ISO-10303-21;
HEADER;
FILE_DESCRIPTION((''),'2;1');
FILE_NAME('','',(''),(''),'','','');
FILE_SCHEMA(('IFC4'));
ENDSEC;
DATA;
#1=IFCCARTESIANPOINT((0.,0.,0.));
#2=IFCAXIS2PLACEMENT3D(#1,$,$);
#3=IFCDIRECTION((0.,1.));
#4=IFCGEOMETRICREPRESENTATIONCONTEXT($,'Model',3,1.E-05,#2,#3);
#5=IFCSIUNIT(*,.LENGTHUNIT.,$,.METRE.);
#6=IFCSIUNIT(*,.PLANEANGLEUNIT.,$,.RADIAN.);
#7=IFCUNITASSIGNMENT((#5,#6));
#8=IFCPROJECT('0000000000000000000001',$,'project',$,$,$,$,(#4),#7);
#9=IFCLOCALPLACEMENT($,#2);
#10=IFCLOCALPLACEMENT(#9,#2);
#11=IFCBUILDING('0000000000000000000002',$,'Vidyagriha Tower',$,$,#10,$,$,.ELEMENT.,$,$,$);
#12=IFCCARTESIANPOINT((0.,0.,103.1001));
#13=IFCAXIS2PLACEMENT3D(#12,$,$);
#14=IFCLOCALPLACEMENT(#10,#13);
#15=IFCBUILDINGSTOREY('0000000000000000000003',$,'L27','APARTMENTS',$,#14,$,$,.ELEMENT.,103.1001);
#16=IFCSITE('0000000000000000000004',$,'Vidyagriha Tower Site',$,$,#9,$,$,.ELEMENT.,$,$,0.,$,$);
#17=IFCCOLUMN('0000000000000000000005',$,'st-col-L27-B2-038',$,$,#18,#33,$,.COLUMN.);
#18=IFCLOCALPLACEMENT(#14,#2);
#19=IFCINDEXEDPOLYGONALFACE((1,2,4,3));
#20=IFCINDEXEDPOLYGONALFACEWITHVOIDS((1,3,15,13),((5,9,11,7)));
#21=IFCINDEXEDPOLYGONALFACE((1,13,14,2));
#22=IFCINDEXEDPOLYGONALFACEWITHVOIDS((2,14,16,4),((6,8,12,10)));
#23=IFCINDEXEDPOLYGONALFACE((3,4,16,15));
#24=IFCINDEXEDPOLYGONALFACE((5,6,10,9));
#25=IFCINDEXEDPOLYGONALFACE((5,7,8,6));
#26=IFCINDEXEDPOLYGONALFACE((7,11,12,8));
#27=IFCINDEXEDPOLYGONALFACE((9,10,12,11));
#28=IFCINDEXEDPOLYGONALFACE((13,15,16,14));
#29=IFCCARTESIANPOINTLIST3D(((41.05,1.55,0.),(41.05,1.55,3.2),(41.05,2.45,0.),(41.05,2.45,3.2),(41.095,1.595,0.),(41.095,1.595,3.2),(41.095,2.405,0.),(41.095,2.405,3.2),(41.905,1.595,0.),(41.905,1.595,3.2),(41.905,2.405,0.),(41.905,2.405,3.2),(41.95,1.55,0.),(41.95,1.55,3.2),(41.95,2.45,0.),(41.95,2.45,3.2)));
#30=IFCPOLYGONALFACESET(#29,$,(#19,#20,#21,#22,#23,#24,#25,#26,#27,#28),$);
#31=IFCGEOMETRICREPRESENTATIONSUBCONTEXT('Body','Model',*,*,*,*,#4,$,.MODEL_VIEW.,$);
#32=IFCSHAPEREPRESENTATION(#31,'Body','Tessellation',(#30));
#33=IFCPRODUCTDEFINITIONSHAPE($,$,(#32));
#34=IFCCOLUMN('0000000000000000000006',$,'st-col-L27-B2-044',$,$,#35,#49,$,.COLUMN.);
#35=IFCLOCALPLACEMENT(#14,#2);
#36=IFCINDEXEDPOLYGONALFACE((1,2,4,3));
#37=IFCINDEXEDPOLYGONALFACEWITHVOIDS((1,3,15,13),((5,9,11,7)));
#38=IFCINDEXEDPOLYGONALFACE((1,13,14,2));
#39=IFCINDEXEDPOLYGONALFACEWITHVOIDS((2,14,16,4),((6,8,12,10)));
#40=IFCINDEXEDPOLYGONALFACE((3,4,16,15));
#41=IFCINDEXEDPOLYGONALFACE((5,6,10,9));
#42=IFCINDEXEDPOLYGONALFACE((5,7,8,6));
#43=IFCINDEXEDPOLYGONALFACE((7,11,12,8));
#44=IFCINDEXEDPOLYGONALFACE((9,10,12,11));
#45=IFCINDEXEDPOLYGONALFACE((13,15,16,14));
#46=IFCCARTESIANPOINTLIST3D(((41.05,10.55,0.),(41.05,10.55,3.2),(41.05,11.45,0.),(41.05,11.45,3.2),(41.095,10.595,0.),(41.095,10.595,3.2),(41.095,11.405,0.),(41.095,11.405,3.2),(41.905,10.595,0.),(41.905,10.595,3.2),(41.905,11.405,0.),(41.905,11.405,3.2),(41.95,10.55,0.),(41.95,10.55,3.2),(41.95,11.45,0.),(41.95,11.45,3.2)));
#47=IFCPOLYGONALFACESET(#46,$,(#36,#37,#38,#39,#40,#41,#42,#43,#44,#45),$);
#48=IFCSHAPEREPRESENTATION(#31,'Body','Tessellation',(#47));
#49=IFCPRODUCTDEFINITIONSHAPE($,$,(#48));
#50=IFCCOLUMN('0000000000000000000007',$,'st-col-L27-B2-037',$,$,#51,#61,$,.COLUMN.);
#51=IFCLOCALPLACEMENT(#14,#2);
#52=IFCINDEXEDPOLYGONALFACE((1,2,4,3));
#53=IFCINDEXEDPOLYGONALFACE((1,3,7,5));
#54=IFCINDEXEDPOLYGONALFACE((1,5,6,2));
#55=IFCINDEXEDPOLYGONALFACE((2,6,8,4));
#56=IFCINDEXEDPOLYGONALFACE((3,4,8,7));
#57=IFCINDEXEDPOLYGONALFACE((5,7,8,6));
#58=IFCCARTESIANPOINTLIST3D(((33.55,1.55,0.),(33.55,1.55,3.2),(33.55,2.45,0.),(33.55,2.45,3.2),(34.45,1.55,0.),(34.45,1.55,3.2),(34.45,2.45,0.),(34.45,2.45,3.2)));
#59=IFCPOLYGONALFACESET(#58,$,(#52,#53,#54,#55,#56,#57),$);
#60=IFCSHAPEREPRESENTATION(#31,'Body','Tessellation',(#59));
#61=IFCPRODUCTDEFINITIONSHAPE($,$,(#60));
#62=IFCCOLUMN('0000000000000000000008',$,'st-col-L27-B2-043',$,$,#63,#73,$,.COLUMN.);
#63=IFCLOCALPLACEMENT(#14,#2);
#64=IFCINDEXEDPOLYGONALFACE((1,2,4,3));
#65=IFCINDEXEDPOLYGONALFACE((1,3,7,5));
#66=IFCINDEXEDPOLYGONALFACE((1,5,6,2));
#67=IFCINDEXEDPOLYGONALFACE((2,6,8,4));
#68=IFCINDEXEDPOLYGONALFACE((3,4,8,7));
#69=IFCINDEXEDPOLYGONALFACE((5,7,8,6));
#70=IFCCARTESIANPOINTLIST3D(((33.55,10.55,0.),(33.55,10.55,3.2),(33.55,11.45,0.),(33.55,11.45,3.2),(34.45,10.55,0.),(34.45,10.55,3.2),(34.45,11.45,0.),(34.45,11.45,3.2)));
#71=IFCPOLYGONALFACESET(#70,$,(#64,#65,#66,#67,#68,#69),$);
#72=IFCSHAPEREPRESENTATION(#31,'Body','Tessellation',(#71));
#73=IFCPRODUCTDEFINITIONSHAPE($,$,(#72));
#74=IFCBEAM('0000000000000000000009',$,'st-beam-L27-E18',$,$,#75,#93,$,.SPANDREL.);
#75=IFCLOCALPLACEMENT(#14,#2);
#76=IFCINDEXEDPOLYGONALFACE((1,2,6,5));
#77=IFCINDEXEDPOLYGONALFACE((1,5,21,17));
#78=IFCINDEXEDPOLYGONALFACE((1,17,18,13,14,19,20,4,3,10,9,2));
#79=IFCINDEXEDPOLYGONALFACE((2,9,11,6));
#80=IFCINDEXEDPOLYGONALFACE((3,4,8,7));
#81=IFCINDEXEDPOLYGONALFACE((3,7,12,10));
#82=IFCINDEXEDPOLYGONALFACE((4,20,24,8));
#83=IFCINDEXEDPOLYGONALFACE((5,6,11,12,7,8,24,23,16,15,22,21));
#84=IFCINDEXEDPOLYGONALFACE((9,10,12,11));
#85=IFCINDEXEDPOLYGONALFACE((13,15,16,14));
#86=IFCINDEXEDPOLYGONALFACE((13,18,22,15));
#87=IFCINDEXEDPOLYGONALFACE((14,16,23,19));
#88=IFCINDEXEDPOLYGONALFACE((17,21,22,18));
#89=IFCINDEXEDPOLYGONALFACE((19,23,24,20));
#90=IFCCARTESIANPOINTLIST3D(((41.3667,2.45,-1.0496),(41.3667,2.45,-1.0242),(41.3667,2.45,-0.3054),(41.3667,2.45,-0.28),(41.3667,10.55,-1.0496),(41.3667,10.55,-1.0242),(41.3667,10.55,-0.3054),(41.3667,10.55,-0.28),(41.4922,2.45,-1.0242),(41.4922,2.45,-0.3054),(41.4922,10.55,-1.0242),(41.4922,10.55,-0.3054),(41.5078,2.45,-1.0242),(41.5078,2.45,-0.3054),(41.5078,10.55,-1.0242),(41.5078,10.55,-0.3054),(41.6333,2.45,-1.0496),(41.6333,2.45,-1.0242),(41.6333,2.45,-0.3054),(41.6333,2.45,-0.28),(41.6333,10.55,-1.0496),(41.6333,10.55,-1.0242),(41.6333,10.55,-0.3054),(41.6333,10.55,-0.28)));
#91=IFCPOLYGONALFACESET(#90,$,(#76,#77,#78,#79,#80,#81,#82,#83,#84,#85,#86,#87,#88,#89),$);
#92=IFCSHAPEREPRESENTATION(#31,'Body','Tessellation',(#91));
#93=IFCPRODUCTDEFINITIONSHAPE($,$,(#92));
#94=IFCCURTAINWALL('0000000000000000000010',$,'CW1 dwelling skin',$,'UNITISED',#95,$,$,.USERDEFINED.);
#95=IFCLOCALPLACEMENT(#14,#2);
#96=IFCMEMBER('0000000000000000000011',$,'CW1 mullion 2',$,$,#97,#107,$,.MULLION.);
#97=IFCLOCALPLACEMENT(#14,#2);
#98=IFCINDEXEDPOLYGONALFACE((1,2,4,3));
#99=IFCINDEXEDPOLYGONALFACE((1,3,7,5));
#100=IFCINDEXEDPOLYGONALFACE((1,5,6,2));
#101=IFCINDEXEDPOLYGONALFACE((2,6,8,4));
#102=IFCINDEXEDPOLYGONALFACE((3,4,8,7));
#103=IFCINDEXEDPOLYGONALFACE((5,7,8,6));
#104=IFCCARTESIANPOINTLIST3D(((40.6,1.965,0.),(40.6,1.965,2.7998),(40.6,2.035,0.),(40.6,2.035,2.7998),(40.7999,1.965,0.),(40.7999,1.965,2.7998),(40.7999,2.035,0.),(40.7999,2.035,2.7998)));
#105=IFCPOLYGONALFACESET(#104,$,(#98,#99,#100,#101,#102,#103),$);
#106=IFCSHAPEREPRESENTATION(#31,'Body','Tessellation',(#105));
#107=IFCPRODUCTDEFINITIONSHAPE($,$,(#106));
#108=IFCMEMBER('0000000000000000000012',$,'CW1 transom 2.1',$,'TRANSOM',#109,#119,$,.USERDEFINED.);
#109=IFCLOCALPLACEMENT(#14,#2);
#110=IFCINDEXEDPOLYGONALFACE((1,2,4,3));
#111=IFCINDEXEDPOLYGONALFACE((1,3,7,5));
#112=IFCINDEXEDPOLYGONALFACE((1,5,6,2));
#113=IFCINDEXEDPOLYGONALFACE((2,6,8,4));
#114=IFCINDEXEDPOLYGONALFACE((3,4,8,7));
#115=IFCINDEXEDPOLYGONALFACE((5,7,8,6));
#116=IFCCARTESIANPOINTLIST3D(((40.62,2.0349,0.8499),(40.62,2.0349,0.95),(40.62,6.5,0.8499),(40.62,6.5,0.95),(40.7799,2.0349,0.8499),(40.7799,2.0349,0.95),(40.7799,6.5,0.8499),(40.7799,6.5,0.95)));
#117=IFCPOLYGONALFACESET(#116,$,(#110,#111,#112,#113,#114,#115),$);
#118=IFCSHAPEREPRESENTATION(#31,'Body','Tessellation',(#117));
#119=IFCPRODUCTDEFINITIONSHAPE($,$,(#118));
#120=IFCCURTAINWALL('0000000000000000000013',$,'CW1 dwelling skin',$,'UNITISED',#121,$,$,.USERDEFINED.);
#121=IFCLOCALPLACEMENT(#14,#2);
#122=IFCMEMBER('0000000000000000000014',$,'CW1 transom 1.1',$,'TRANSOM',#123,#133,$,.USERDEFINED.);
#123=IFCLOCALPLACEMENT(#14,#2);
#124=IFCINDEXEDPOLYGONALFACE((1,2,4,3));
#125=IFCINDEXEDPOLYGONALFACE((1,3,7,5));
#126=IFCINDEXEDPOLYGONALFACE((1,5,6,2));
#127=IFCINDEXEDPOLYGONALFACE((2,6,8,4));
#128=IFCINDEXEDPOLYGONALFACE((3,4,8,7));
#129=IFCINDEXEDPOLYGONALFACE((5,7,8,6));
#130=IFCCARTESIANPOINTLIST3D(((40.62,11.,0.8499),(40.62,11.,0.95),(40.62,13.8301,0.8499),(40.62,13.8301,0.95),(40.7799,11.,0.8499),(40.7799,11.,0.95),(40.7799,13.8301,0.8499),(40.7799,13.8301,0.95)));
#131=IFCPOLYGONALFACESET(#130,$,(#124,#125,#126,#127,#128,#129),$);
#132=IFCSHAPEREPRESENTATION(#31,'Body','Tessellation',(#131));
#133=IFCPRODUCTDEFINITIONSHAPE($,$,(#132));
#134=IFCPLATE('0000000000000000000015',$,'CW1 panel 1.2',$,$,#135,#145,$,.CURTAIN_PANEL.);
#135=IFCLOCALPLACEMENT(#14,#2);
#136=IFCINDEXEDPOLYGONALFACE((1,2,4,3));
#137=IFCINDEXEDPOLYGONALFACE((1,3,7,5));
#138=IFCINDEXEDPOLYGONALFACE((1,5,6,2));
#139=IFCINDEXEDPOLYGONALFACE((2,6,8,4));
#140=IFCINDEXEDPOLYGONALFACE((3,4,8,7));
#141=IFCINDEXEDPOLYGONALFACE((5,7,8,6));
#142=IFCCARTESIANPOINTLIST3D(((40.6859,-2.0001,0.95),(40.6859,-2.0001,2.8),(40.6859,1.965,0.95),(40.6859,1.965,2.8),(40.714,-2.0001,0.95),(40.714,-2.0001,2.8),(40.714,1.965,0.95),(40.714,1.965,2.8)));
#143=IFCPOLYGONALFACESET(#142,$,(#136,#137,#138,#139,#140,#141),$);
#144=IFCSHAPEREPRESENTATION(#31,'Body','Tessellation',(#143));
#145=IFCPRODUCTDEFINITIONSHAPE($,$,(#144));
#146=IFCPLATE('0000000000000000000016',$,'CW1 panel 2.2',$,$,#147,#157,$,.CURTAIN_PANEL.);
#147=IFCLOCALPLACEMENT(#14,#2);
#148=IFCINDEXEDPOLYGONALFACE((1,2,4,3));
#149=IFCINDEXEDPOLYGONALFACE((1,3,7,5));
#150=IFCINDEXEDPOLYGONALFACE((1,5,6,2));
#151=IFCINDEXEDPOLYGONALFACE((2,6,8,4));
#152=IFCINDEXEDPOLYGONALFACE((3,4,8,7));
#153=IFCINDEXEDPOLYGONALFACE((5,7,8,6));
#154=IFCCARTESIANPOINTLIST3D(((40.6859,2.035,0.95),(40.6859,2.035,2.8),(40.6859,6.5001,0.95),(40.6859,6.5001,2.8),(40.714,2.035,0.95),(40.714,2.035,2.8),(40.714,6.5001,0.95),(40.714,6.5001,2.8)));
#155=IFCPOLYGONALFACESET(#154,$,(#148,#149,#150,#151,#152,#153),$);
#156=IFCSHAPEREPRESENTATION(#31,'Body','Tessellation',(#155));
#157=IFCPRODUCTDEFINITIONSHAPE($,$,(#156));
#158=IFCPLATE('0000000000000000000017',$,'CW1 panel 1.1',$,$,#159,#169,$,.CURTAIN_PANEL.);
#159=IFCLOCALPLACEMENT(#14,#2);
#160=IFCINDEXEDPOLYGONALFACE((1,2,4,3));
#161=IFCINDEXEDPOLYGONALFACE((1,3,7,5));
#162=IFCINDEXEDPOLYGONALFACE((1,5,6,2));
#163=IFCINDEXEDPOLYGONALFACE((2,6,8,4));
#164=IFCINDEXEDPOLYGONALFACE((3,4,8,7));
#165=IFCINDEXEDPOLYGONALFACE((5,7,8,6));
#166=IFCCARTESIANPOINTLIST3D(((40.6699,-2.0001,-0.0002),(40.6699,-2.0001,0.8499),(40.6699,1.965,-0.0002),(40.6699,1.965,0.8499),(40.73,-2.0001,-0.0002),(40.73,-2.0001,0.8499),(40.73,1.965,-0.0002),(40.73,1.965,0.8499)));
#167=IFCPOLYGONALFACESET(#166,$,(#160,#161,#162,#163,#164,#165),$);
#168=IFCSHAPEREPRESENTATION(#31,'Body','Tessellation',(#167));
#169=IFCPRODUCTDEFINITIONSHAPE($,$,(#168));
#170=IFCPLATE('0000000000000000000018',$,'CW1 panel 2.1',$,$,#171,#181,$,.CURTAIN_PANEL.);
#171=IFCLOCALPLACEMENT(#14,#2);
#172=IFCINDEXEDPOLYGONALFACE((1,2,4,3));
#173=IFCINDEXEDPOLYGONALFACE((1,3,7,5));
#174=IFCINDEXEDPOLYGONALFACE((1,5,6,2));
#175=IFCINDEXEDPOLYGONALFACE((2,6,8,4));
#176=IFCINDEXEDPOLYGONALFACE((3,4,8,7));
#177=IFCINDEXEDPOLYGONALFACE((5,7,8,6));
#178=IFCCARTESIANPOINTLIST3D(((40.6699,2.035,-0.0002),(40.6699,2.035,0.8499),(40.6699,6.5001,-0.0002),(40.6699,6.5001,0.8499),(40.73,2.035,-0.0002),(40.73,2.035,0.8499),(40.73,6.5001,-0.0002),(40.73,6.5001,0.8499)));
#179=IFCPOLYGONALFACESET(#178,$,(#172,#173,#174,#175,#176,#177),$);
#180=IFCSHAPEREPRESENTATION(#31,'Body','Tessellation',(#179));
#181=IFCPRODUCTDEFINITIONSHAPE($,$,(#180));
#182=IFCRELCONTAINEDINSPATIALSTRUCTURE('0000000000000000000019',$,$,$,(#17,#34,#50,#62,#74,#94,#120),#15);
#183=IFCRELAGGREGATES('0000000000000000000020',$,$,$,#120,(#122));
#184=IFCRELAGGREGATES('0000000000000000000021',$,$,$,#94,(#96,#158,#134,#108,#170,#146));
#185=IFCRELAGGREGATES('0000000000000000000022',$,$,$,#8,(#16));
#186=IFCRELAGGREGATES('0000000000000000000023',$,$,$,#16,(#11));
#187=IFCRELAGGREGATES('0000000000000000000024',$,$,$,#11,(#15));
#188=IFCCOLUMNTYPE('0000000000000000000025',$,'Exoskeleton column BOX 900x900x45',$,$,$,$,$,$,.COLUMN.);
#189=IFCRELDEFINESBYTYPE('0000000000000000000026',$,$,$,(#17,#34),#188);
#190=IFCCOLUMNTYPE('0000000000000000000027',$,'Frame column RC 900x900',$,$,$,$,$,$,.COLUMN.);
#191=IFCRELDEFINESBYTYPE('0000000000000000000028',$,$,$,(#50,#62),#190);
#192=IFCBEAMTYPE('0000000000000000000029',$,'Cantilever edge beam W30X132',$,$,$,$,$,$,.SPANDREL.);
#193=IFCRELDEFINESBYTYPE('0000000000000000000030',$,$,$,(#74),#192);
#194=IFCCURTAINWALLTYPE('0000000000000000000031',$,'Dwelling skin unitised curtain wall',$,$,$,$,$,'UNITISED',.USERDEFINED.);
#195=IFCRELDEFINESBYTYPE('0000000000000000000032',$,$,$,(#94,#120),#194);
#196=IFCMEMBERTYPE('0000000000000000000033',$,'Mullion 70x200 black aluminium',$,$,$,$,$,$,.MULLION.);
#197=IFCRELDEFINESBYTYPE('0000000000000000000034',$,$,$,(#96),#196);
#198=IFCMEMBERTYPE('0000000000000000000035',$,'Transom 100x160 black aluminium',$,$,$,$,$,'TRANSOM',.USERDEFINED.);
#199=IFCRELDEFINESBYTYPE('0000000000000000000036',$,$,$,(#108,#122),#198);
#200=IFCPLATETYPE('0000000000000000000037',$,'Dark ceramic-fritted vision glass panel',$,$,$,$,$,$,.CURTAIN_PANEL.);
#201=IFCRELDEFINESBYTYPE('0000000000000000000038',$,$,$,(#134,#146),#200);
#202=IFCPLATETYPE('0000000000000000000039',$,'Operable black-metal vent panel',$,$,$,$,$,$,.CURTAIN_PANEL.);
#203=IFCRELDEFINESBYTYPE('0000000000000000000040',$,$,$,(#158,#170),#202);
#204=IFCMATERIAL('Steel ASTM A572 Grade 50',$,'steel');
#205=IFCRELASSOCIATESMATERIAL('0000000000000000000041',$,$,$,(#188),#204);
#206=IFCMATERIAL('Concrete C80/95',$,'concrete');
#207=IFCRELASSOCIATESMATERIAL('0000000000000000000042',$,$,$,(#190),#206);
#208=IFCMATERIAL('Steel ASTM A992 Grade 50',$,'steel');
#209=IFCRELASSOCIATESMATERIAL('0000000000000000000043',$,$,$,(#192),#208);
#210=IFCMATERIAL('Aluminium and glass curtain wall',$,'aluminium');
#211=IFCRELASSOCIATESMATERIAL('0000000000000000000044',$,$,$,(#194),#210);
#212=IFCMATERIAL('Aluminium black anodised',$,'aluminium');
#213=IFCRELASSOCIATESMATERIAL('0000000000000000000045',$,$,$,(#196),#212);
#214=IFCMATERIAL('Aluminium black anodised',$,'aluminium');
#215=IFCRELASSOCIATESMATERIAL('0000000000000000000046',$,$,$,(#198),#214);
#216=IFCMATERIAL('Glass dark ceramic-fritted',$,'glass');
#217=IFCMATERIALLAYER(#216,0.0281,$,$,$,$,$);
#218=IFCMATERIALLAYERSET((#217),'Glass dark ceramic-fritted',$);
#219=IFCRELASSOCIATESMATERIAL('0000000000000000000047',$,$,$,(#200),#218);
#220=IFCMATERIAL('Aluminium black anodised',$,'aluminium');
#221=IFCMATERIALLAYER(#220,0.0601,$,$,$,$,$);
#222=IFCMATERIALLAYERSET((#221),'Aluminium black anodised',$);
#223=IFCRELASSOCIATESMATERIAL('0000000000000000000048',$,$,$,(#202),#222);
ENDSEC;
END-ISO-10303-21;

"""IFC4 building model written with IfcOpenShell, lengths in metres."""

from ifc_helpers import new_model, si_unit, direction, frame, origin, origin_2d, place, context, subcontext, project, spatial, rectangle, hollow_rectangle, i_section, extrude, material, layer, layer_set, material_profile, profile_set, type_object, element, aggregate, save


model = new_model("IFC4")

# Units and contexts
model_context = context("Model", 3, precision=1e-05, world=origin(), true_north=direction((0.0, 1.0)))
body_context = subcontext(model_context, "Body", "Model", "MODEL_VIEW")
ifc_project = project(units=[si_unit("LENGTHUNIT", "METRE"), si_unit("PLANEANGLEUNIT", "RADIAN")], contexts=[model_context])

# Site, building, storey
site_placement = place(None, origin())
site = spatial("IfcSite", under=ifc_project, at=site_placement, Name="Vidyagriha Tower Site", CompositionType="ELEMENT", RefElevation=0.0)
building_placement = place(site_placement, origin())
building = spatial("IfcBuilding", under=site, at=building_placement, Name="Vidyagriha Tower", CompositionType="ELEMENT")
storey_placement = place(building_placement, frame((0.0, 0.0, 103.1001)))
storey = spatial("IfcBuildingStorey", under=building, at=storey_placement, Name="L27", Description="APARTMENTS", CompositionType="ELEMENT", Elevation=103.1001)

# Columns
ifc_material_1 = material(Name="Steel ASTM A572 Grade 50", Category="steel")
ifc_material_profile_1 = material_profile(ifc_material_1, hollow_rectangle(XDim=0.8999, YDim=0.8999, WallThickness=0.0449, at=origin_2d()), Name="BOX 900x900x45")
ifc_profile_set_1 = profile_set([ifc_material_profile_1], Name="Steel ASTM A572 Grade 50")
column_type_1 = type_object("IfcColumnType", Name="Exoskeleton column BOX 900x900x45", PredefinedType="COLUMN", material=ifc_profile_set_1)
for number, where, name in (
    (1, (41.5, 2.0, 0.0), "st-col-L27-B2-038"),
    (2, (41.5, 11.0, 0.0), "st-col-L27-B2-044"),
):
    element("IfcColumn", number, at=place(storey_placement, frame(where)), inside=storey, type_object=column_type_1, Name=name, PredefinedType="COLUMN", context=body_context, shape_type="SweptSolid", body=[
        extrude(hollow_rectangle(XDim=0.8999, YDim=0.8999, WallThickness=0.0449, at=origin_2d()), origin(), (0.0, 0.0, 1.0), 3.2),
    ])
ifc_material_2 = material(Name="Concrete C80/95", Category="concrete")
ifc_material_profile_2 = material_profile(ifc_material_2, rectangle(XDim=0.8999, YDim=0.8999, at=origin_2d()), Name="RC 900x900")
ifc_profile_set_2 = profile_set([ifc_material_profile_2], Name="Concrete C80/95")
column_type_2 = type_object("IfcColumnType", Name="Frame column RC 900x900", PredefinedType="COLUMN", material=ifc_profile_set_2)
for number, where, name in (
    (3, (34.0, 2.0, 0.0), "st-col-L27-B2-037"),
    (4, (34.0, 11.0, 0.0), "st-col-L27-B2-043"),
):
    element("IfcColumn", number, at=place(storey_placement, frame(where)), inside=storey, type_object=column_type_2, Name=name, PredefinedType="COLUMN", context=body_context, shape_type="SweptSolid", body=[
        extrude(rectangle(XDim=0.8999, YDim=0.8999, at=origin_2d()), origin(), (0.0, 0.0, 1.0), 3.2),
    ])

# Beam
ifc_material_3 = material(Name="Steel ASTM A992 Grade 50", Category="steel")
ifc_material_profile_3 = material_profile(ifc_material_3, i_section(OverallWidth=0.2666, OverallDepth=0.7695, WebThickness=0.0156, FlangeThickness=0.0254, at=origin_2d()), Name="W30X132")
ifc_profile_set_3 = profile_set([ifc_material_profile_3], Name="Steel ASTM A992 Grade 50")
beam_type = type_object("IfcBeamType", Name="Cantilever edge beam W30X132", PredefinedType="SPANDREL", material=ifc_profile_set_3)
beam_placement = place(storey_placement, frame((41.5, 2.45, -0.6648), z_axis=(0.0, 1.0, 0.0), x_axis=(-1.0, 0.0, 0.0)))
element("IfcBeam", 5, at=beam_placement, inside=storey, type_object=beam_type, Name="st-beam-L27-E18", PredefinedType="SPANDREL", context=body_context, shape_type="SweptSolid", body=[
    extrude(i_section(OverallWidth=0.2666, OverallDepth=0.7695, WebThickness=0.0156, FlangeThickness=0.0254, at=origin_2d()), origin(), (0.0, 0.0, 1.0), 8.1001),
])

# Curtain wall, members
ifc_material_4 = material(Name="Aluminium and glass curtain wall", Category="aluminium")
curtain_wall_type = type_object("IfcCurtainWallType", Name="Dwelling skin unitised curtain wall", ElementType="UNITISED", PredefinedType="USERDEFINED", material=ifc_material_4)
curtain_wall_1_placement = place(storey_placement, origin())
curtain_wall_1 = element("IfcCurtainWall", 6, at=curtain_wall_1_placement, inside=storey, type_object=curtain_wall_type, Name="CW1 dwelling skin", ObjectType="UNITISED", PredefinedType="USERDEFINED")
ifc_material_5 = material(Name="Aluminium black anodised", Category="aluminium")
ifc_material_profile_4 = material_profile(ifc_material_5, rectangle(XDim=0.2, YDim=0.0701, at=origin_2d()), Name="Mullion 70x200 black aluminium")
ifc_profile_set_4 = profile_set([ifc_material_profile_4], Name="Aluminium black anodised")
member_type_1 = type_object("IfcMemberType", Name="Mullion 70x200 black aluminium", PredefinedType="MULLION", material=ifc_profile_set_4)
member_1_placement = place(storey_placement, frame((40.7, 2.0, 0.0), z_axis=(0.0, 0.0, 1.0), x_axis=(-1.0, 0.0, 0.0)))
member_1 = element("IfcMember", 7, at=member_1_placement, type_object=member_type_1, Name="CW1 mullion 2", PredefinedType="MULLION", context=body_context, shape_type="SweptSolid", body=[
    extrude(rectangle(XDim=0.2, YDim=0.0701, at=origin_2d()), origin(), (0.0, 0.0, 1.0), 2.7998),
])
ifc_material_6 = material(Name="Aluminium black anodised", Category="aluminium")
ifc_material_profile_5 = material_profile(ifc_material_6, rectangle(XDim=0.1599, YDim=0.1001, at=origin_2d()), Name="Transom 100x160 black aluminium")
ifc_profile_set_5 = profile_set([ifc_material_profile_5], Name="Aluminium black anodised")
member_type_2 = type_object("IfcMemberType", Name="Transom 100x160 black aluminium", ElementType="TRANSOM", PredefinedType="USERDEFINED", material=ifc_profile_set_5)
member_2_placement = place(storey_placement, frame((40.7, 2.0349, 0.8999), z_axis=(0.0, 1.0, 0.0), x_axis=(-1.0, 0.0, 0.0)))
member_2 = element("IfcMember", 8, at=member_2_placement, type_object=member_type_2, Name="CW1 transom 2.1", ObjectType="TRANSOM", PredefinedType="USERDEFINED", context=body_context, shape_type="SweptSolid", body=[
    extrude(rectangle(XDim=0.1599, YDim=0.1001, at=origin_2d()), origin(), (0.0, 0.0, 1.0), 4.4651),
])

# Curtain wall, member
curtain_wall_2_placement = place(storey_placement, origin())
curtain_wall_2 = element("IfcCurtainWall", 9, at=curtain_wall_2_placement, inside=storey, type_object=curtain_wall_type, Name="CW1 dwelling skin", ObjectType="UNITISED", PredefinedType="USERDEFINED")
member_3_placement = place(storey_placement, frame((40.7, 11.0, 0.8999), z_axis=(0.0, 1.0, 0.0), x_axis=(-1.0, 0.0, 0.0)))
member_3 = element("IfcMember", 10, at=member_3_placement, type_object=member_type_2, Name="CW1 transom 1.1", ObjectType="TRANSOM", PredefinedType="USERDEFINED", context=body_context, shape_type="SweptSolid", body=[
    extrude(rectangle(XDim=0.1599, YDim=0.1001, at=origin_2d()), origin(), (0.0, 0.0, 1.0), 2.8301),
])
aggregate(curtain_wall_2, [member_3])

# Plates
ifc_material_7 = material(Name="Glass dark ceramic-fritted", Category="glass")
ifc_layer_1 = layer(ifc_material_7, 0.0281)
ifc_layer_set_1 = layer_set([ifc_layer_1], Name="Glass dark ceramic-fritted")
plate_type_1 = type_object("IfcPlateType", Name="Dark ceramic-fritted vision glass panel", PredefinedType="CURTAIN_PANEL", material=ifc_layer_set_1)
plate_1_placement = place(storey_placement, frame((40.7, -0.0176, 0.95), z_axis=(0.0, 0.0, 1.0), x_axis=(0.0, 1.0, 0.0)))
plate_1 = element("IfcPlate", 11, at=plate_1_placement, type_object=plate_type_1, Name="CW1 panel 1.2", PredefinedType="CURTAIN_PANEL", context=body_context, shape_type="SweptSolid", body=[
    extrude(rectangle(XDim=3.9651, YDim=0.0281, at=origin_2d()), origin(), (0.0, 0.0, 1.0), 1.8501),
])
plate_2_placement = place(storey_placement, frame((40.7, 4.2676, 0.95), z_axis=(0.0, 0.0, 1.0), x_axis=(0.0, 1.0, 0.0)))
plate_2 = element("IfcPlate", 12, at=plate_2_placement, type_object=plate_type_1, Name="CW1 panel 2.2", PredefinedType="CURTAIN_PANEL", context=body_context, shape_type="SweptSolid", body=[
    extrude(rectangle(XDim=4.4651, YDim=0.0281, at=origin_2d()), origin(), (0.0, 0.0, 1.0), 1.8501),
])
ifc_material_8 = material(Name="Aluminium black anodised", Category="aluminium")
ifc_layer_2 = layer(ifc_material_8, 0.0601)
ifc_layer_set_2 = layer_set([ifc_layer_2], Name="Aluminium black anodised")
plate_type_2 = type_object("IfcPlateType", Name="Operable black-metal vent panel", PredefinedType="CURTAIN_PANEL", material=ifc_layer_set_2)
plate_3_placement = place(storey_placement, frame((40.7, -0.0176, -0.0002), z_axis=(0.0, 0.0, 1.0), x_axis=(0.0, 1.0, 0.0)))
plate_3 = element("IfcPlate", 13, at=plate_3_placement, type_object=plate_type_2, Name="CW1 panel 1.1", PredefinedType="CURTAIN_PANEL", context=body_context, shape_type="SweptSolid", body=[
    extrude(rectangle(XDim=3.9651, YDim=0.0601, at=origin_2d()), origin(), (0.0, 0.0, 1.0), 0.8501),
])
plate_4_placement = place(storey_placement, frame((40.7, 4.2676, -0.0002), z_axis=(0.0, 0.0, 1.0), x_axis=(0.0, 1.0, 0.0)))
plate_4 = element("IfcPlate", 14, at=plate_4_placement, type_object=plate_type_2, Name="CW1 panel 2.1", PredefinedType="CURTAIN_PANEL", context=body_context, shape_type="SweptSolid", body=[
    extrude(rectangle(XDim=4.4651, YDim=0.0601, at=origin_2d()), origin(), (0.0, 0.0, 1.0), 0.8501),
])
aggregate(curtain_wall_1, [member_1, plate_3, plate_1, member_2, plate_4, plate_2])

save(model, "model.ifc")
